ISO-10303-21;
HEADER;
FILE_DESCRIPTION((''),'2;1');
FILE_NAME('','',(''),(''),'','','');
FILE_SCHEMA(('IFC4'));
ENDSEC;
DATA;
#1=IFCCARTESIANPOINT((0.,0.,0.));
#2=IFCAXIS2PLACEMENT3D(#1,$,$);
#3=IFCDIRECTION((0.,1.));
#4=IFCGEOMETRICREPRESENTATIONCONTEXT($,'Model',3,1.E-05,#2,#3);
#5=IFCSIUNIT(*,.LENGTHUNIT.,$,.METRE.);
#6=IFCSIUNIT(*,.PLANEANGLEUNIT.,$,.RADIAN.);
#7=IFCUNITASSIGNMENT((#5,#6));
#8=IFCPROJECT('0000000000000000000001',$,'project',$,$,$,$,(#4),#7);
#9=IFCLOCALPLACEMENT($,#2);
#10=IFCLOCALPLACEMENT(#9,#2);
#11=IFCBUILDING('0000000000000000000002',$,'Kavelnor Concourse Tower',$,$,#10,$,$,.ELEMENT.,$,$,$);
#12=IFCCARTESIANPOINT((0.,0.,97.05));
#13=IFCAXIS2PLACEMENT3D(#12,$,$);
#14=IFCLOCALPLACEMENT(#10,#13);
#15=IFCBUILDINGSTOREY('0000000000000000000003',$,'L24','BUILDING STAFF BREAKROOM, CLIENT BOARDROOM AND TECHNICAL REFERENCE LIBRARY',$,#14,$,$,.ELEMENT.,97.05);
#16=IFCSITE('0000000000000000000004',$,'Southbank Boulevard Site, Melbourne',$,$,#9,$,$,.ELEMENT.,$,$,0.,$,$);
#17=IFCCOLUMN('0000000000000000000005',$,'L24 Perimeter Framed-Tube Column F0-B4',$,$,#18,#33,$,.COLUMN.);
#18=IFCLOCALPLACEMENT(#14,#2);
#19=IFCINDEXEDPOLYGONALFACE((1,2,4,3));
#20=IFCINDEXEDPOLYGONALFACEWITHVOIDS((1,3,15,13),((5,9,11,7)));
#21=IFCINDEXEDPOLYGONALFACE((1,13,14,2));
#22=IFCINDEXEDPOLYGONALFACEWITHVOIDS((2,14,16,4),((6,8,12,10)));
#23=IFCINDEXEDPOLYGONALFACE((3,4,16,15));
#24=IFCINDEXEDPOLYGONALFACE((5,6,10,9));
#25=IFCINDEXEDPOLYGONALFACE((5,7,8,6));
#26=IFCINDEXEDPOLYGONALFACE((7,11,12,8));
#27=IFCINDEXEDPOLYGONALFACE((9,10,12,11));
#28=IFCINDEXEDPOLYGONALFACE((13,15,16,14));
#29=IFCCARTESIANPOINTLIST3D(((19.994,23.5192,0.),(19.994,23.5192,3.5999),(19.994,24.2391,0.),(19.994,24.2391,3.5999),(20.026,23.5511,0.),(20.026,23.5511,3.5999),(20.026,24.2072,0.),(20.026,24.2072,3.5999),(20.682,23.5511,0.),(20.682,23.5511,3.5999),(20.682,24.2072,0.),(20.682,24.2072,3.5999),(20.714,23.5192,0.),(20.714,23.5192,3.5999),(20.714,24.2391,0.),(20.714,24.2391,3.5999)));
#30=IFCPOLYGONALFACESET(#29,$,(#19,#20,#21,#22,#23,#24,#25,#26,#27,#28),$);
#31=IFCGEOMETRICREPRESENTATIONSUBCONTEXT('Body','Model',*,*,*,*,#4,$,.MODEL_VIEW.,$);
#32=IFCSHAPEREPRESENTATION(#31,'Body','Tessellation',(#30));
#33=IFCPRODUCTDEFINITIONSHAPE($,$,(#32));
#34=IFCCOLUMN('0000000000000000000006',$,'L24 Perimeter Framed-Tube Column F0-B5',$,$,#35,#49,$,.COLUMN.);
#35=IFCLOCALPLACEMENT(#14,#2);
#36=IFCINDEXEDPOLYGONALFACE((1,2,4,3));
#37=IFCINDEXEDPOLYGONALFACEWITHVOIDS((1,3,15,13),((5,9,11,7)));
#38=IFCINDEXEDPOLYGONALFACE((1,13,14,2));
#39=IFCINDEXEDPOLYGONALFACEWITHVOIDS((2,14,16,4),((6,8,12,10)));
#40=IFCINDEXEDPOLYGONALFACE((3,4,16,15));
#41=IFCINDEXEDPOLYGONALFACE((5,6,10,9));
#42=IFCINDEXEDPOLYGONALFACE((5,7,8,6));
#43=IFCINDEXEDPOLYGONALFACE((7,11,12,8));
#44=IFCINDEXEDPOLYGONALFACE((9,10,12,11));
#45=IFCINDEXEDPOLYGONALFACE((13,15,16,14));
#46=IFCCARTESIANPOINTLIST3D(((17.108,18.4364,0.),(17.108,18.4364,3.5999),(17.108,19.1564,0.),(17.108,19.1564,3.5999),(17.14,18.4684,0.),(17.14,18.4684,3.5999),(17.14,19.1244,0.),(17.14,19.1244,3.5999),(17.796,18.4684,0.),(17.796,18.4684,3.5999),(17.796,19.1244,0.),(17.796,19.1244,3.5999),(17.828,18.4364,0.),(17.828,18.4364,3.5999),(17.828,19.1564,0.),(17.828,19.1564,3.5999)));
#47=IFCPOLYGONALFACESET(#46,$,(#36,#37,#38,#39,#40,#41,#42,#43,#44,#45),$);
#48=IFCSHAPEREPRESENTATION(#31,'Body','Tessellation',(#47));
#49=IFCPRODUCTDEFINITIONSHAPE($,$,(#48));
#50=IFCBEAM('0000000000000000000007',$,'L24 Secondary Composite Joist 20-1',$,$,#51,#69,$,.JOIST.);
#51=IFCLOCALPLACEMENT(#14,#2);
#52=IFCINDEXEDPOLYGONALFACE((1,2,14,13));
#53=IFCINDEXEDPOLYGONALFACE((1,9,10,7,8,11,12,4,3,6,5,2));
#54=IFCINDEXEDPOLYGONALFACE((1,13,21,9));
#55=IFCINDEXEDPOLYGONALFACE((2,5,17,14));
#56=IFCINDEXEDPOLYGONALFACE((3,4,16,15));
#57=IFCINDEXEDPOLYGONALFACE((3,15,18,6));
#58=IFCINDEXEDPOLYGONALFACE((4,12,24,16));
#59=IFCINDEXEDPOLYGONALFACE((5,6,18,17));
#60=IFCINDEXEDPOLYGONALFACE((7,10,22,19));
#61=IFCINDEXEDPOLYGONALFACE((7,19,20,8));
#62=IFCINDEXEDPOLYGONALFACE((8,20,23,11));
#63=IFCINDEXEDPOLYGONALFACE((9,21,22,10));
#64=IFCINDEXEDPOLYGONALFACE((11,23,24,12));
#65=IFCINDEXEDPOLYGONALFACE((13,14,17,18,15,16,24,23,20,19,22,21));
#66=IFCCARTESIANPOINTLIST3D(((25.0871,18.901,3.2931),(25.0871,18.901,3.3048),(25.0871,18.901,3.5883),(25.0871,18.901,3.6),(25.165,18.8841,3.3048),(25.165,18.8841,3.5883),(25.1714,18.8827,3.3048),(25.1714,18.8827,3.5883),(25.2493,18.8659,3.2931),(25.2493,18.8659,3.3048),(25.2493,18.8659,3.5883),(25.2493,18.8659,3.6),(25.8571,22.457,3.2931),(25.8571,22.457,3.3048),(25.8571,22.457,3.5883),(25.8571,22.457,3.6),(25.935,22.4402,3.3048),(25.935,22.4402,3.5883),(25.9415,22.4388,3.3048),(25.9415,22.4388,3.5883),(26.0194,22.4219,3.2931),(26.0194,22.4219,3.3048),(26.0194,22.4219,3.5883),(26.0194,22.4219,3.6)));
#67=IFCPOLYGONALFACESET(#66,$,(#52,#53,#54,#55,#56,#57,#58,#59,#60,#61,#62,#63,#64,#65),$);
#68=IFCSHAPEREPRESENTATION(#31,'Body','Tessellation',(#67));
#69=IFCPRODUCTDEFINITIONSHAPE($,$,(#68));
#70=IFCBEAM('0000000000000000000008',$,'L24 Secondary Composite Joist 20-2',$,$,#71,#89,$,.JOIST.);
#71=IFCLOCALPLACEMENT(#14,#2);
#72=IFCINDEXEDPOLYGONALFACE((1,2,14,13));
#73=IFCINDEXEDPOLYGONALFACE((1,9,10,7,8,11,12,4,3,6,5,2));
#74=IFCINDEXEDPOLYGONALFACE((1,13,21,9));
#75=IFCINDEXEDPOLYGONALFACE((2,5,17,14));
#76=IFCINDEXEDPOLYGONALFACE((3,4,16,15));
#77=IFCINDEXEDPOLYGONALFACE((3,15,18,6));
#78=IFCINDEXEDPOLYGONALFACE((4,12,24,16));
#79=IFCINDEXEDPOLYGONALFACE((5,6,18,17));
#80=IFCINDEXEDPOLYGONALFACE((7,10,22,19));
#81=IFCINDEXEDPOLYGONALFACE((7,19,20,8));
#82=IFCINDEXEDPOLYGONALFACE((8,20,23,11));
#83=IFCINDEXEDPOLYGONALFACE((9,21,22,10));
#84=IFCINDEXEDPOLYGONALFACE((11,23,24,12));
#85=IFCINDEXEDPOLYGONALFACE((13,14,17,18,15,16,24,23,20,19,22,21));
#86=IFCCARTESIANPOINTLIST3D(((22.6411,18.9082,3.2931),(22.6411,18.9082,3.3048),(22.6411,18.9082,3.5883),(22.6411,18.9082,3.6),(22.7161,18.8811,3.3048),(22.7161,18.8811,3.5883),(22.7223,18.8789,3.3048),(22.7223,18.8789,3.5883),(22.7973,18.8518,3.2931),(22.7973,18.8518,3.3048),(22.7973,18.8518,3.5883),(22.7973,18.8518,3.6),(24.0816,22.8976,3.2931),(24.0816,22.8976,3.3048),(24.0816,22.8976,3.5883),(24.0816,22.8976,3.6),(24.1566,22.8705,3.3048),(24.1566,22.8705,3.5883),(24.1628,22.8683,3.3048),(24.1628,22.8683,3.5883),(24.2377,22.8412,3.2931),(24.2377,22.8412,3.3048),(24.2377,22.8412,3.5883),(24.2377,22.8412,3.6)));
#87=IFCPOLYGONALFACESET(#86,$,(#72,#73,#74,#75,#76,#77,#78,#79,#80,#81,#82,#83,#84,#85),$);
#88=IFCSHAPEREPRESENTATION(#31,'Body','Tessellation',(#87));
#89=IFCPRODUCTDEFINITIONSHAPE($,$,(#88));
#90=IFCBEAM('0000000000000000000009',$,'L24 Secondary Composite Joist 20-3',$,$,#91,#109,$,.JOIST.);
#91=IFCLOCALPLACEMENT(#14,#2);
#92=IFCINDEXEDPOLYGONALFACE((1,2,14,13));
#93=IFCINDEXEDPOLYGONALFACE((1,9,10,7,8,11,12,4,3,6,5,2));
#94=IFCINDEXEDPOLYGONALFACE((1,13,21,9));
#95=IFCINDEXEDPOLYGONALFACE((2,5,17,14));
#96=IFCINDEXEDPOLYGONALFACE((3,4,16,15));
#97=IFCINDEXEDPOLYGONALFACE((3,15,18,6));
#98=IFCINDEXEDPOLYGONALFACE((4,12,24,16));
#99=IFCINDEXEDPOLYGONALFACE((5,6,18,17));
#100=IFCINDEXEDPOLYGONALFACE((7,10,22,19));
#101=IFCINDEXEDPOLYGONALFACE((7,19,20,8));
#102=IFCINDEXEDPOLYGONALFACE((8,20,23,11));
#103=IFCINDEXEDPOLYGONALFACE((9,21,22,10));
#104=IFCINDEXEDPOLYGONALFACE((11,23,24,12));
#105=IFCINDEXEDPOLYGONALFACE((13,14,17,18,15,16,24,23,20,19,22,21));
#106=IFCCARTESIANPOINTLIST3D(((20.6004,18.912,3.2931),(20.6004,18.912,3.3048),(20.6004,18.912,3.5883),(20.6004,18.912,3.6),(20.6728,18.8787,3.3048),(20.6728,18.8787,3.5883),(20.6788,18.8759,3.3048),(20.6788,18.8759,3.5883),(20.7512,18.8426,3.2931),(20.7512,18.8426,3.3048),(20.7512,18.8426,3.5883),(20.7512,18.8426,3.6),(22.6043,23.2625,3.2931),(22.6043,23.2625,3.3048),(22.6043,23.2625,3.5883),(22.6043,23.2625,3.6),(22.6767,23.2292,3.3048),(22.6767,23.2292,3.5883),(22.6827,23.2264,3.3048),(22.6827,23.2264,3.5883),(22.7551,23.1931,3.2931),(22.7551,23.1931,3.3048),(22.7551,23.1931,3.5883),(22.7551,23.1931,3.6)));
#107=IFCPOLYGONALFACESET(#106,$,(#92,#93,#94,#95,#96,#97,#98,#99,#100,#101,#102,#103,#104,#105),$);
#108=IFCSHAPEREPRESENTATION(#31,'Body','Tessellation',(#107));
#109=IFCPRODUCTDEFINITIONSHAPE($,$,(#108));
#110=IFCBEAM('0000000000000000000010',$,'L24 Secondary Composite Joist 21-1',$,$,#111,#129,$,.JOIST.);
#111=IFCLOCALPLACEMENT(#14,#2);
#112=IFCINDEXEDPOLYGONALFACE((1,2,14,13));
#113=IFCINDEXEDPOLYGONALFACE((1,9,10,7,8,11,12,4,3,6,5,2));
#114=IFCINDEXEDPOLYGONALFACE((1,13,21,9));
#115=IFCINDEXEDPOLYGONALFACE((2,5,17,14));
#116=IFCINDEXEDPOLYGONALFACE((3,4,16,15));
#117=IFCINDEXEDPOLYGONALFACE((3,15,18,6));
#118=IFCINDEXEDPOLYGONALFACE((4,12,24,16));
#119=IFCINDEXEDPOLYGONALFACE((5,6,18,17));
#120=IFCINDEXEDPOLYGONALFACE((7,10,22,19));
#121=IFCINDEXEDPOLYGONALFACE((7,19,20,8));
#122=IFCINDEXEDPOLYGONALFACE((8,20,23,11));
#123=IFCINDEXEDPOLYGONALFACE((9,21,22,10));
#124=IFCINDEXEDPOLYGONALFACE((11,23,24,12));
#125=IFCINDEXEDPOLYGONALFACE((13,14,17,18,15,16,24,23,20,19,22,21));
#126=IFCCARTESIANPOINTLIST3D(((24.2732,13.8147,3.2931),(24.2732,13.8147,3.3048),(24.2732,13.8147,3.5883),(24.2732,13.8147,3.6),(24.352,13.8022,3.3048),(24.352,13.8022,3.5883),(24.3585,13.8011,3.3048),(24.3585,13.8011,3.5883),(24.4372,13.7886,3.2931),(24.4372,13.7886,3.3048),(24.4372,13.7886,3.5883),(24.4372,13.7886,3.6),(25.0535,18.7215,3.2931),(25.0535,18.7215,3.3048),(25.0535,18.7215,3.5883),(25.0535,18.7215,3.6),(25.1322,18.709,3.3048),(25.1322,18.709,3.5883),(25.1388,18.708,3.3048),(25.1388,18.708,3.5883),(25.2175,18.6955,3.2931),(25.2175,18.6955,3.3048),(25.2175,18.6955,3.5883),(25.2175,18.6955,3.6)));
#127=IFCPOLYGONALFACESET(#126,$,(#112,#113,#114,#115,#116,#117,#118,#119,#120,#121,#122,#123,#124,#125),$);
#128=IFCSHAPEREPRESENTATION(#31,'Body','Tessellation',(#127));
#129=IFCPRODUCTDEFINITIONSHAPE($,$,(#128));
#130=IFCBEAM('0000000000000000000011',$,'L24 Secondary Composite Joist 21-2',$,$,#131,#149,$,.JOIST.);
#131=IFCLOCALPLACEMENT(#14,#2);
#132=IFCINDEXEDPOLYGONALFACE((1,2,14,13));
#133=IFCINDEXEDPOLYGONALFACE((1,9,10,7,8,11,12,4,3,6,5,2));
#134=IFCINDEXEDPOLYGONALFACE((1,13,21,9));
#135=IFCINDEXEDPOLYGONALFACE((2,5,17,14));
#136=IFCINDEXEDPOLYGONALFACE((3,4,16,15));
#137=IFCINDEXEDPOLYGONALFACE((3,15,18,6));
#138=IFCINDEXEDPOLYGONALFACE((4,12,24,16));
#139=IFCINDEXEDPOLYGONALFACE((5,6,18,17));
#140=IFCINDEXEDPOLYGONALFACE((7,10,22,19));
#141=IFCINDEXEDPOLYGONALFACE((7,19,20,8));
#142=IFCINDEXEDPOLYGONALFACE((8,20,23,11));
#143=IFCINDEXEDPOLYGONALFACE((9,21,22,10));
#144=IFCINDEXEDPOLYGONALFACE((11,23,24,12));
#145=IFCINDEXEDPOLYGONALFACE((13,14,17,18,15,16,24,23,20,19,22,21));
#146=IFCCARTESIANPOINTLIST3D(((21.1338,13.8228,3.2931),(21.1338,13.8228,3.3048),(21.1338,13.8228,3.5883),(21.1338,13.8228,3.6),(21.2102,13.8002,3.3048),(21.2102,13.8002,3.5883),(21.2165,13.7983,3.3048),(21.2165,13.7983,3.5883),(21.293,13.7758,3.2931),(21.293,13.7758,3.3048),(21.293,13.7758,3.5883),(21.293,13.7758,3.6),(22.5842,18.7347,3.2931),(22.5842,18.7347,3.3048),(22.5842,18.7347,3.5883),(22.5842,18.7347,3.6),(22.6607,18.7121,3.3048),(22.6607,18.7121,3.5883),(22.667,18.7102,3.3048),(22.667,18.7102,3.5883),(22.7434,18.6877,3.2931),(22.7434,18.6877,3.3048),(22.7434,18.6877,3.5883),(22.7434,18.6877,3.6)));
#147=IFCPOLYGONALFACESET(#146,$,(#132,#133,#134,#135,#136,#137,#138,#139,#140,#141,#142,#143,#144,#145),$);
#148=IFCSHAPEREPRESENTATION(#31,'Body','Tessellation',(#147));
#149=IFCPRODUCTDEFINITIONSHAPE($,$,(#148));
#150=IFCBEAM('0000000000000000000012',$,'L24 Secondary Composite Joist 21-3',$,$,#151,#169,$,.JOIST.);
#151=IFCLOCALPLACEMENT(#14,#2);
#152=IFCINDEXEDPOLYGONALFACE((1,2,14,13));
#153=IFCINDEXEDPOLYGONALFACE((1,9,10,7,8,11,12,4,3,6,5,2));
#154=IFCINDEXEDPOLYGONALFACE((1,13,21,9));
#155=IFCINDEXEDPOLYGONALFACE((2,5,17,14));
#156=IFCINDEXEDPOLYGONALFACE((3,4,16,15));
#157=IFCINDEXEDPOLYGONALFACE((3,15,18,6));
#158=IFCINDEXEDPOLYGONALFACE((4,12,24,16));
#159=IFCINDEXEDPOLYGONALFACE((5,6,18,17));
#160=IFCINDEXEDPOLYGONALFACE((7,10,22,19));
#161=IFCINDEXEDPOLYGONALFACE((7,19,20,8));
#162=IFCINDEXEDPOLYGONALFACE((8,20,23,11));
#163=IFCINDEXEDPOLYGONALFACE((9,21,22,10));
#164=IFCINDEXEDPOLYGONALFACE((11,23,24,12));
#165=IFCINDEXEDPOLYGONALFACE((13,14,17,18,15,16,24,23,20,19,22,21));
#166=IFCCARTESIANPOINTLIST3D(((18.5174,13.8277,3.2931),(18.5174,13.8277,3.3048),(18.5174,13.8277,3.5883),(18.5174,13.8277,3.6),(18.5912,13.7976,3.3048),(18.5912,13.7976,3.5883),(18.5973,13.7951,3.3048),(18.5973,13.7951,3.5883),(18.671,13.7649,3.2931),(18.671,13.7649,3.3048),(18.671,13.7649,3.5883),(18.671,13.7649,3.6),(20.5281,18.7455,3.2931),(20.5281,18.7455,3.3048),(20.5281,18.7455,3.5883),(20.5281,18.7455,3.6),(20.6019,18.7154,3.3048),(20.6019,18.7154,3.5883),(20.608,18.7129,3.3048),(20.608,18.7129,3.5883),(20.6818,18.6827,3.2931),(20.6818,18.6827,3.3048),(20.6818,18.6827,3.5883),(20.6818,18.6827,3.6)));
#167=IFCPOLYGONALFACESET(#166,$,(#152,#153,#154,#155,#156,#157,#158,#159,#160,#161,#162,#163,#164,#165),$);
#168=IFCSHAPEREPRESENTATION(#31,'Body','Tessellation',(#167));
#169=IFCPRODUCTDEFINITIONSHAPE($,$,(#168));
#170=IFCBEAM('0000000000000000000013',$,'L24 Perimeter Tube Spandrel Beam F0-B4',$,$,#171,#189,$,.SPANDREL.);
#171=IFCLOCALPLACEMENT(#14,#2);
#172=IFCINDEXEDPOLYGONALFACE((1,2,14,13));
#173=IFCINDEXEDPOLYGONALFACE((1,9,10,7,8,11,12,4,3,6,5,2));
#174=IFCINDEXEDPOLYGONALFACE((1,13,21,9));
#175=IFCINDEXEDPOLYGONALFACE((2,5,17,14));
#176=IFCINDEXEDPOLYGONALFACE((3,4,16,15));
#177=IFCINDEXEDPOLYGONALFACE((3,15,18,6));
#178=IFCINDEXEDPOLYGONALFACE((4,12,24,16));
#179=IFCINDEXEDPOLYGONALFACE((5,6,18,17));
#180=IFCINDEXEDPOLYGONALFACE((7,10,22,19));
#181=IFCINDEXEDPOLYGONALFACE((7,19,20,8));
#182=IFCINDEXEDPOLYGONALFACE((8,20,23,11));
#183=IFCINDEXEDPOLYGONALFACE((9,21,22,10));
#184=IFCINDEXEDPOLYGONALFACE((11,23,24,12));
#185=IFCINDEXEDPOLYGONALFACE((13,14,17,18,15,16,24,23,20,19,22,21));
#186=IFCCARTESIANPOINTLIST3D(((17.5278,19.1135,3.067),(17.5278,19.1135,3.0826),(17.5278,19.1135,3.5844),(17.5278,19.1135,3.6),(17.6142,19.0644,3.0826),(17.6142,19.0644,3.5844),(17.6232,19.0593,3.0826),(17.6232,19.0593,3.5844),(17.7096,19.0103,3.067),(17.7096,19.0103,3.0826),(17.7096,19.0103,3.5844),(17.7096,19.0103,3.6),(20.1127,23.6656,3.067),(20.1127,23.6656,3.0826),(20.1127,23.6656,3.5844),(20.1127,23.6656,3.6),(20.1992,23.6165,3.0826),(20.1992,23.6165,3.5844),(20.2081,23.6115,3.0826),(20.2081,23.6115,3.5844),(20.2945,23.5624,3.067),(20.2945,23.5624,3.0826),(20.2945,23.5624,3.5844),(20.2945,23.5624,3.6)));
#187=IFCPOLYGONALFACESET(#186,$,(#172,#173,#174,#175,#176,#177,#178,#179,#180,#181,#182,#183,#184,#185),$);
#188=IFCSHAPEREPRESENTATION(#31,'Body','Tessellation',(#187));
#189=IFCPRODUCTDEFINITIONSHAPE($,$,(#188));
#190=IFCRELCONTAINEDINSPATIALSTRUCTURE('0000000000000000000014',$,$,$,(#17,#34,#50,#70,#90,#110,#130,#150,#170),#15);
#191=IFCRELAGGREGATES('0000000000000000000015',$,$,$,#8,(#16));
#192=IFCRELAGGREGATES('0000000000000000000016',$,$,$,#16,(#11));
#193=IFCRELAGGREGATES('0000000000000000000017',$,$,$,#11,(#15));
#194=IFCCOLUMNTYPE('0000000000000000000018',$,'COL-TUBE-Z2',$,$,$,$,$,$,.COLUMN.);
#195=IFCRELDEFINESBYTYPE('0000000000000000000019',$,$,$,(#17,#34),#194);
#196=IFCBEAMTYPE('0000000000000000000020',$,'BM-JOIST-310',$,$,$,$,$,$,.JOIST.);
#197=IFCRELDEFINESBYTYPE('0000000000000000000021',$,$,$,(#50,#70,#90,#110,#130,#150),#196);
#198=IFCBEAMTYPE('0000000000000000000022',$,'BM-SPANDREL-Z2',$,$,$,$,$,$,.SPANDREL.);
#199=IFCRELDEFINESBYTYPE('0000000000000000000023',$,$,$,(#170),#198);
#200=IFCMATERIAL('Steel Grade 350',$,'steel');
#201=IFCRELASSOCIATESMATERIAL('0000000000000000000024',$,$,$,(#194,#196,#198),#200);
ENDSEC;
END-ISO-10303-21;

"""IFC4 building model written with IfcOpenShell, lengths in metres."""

from ifc_helpers import new_model, si_unit, direction, frame, origin, origin_2d, place, context, subcontext, project, spatial, hollow_rectangle, i_section, extrude, material, material_profile, profile_set, type_object, element, save


model = new_model("IFC4")

# Units and contexts
model_context = context("Model", 3, precision=1e-05, world=origin(), true_north=direction((0.0, 1.0)))
body_context = subcontext(model_context, "Body", "Model", "MODEL_VIEW")
ifc_project = project(units=[si_unit("LENGTHUNIT", "METRE"), si_unit("PLANEANGLEUNIT", "RADIAN")], contexts=[model_context])

# Site, building, storey
site_placement = place(None, origin())
site = spatial("IfcSite", under=ifc_project, at=site_placement, Name="Southbank Boulevard Site, Melbourne", CompositionType="ELEMENT", RefElevation=0.0)
building_placement = place(site_placement, origin())
building = spatial("IfcBuilding", under=site, at=building_placement, Name="Kavelnor Concourse Tower", CompositionType="ELEMENT")
storey_placement = place(building_placement, frame((0.0, 0.0, 97.05)))
storey = spatial("IfcBuildingStorey", under=building, at=storey_placement, Name="L24", Description="BUILDING STAFF BREAKROOM, CLIENT BOARDROOM AND TECHNICAL REFERENCE LIBRARY", CompositionType="ELEMENT", Elevation=97.05)

# Columns
ifc_material_1 = material(Name="Steel Grade 350", Category="steel")
ifc_material_profile_1 = material_profile(ifc_material_1, hollow_rectangle(XDim=0.72, YDim=0.72, WallThickness=0.032, at=origin_2d()), Name="SHS 720x720x32")
ifc_profile_set_1 = profile_set([ifc_material_profile_1], Name="Steel Grade 350")
column_type = type_object("IfcColumnType", Name="COL-TUBE-Z2", PredefinedType="COLUMN", material=ifc_profile_set_1)
for number, where, z_axis, x_axis, name in (
    (1, (20.354, 23.8792, 0.0), (0.0, 0.0, 1.0), (1.0, 0.0, 0.0), "L24 Perimeter Framed-Tube Column F0-B4"),
    (2, (17.468, 18.7964, 0.0), (0.0, 0.0, 1.0), (1.0, 0.0, 0.0), "L24 Perimeter Framed-Tube Column F0-B5"),
):
    element("IfcColumn", number, at=place(storey_placement, frame(where, z_axis=z_axis, x_axis=x_axis)), inside=storey, type_object=column_type, Name=name, PredefinedType="COLUMN", context=body_context, shape_type="SweptSolid", body=[
        extrude(hollow_rectangle(XDim=0.72, YDim=0.72, WallThickness=0.032, at=origin_2d()), origin(), (0.0, 0.0, 1.0), 3.5999),
    ])

# Beams
ifc_material_profile_2 = material_profile(ifc_material_1, i_section(OverallWidth=0.166, OverallDepth=0.3069, WebThickness=0.0066, FlangeThickness=0.0117, at=origin_2d()), Name="310UB46")
ifc_profile_set_2 = profile_set([ifc_material_profile_2], Name="Steel Grade 350")
beam_type_1 = type_object("IfcBeamType", Name="BM-JOIST-310", PredefinedType="JOIST", material=ifc_profile_set_2)
beam_1_placement = place(storey_placement, frame((25.9382, 22.4395, 3.4465), z_axis=(-0.211641, -0.977347, 0.0), x_axis=(0.977347, -0.211641, 0.0)))
element("IfcBeam", 3, at=beam_1_placement, inside=storey, type_object=beam_type_1, Name="L24 Secondary Composite Joist 20-1", PredefinedType="JOIST", context=body_context, shape_type="SweptSolid", body=[
    extrude(i_section(OverallWidth=0.166, OverallDepth=0.3069, WebThickness=0.0066, FlangeThickness=0.0117, at=origin_2d()), origin(), (0.0, 0.0, 1.0), 3.6384),
])
beam_2_placement = place(storey_placement, frame((24.1597, 22.8694, 3.4465), z_axis=(-0.339616, -0.940564, 0.0), x_axis=(0.940564, -0.339616, 0.0)))
element("IfcBeam", 4, at=beam_2_placement, inside=storey, type_object=beam_type_1, Name="L24 Secondary Composite Joist 20-2", PredefinedType="JOIST", context=body_context, shape_type="SweptSolid", body=[
    extrude(i_section(OverallWidth=0.166, OverallDepth=0.3069, WebThickness=0.0066, FlangeThickness=0.0117, at=origin_2d()), origin(), (0.0, 0.0, 1.0), 4.2415),
])
beam_3_placement = place(storey_placement, frame((22.6797, 23.2278, 3.4465), z_axis=(-0.41836, -0.908281, 0.0), x_axis=(0.908281, -0.41836, 0.0)))
element("IfcBeam", 5, at=beam_3_placement, inside=storey, type_object=beam_type_1, Name="L24 Secondary Composite Joist 20-3", PredefinedType="JOIST", context=body_context, shape_type="SweptSolid", body=[
    extrude(i_section(OverallWidth=0.166, OverallDepth=0.3069, WebThickness=0.0066, FlangeThickness=0.0117, at=origin_2d()), origin(), (0.0, 0.0, 1.0), 4.7898),
])
beam_4_placement = place(storey_placement, frame((25.1355, 18.7085, 3.4465), z_axis=(-0.157048, -0.987591, 0.0), x_axis=(0.987591, -0.157048, 0.0)))
element("IfcBeam", 6, at=beam_4_placement, inside=storey, type_object=beam_type_1, Name="L24 Secondary Composite Joist 21-1", PredefinedType="JOIST", context=body_context, shape_type="SweptSolid", body=[
    extrude(i_section(OverallWidth=0.166, OverallDepth=0.3069, WebThickness=0.0066, FlangeThickness=0.0117, at=origin_2d()), origin(), (0.0, 0.0, 1.0), 4.9685),
])
beam_5_placement = place(storey_placement, frame((22.6638, 18.7112, 3.4465), z_axis=(-0.283204, -0.95906, 0.0), x_axis=(0.95906, -0.283204, 0.0)))
element("IfcBeam", 7, at=beam_5_placement, inside=storey, type_object=beam_type_1, Name="L24 Secondary Composite Joist 21-2", PredefinedType="JOIST", context=body_context, shape_type="SweptSolid", body=[
    extrude(i_section(OverallWidth=0.166, OverallDepth=0.3069, WebThickness=0.0066, FlangeThickness=0.0117, at=origin_2d()), origin(), (0.0, 0.0, 1.0), 5.1216),
])
beam_6_placement = place(storey_placement, frame((20.605, 18.7141, 3.4465), z_axis=(-0.378463, -0.925616, 0.0), x_axis=(0.925616, -0.378463, 0.0)))
element("IfcBeam", 8, at=beam_6_placement, inside=storey, type_object=beam_type_1, Name="L24 Secondary Composite Joist 21-3", PredefinedType="JOIST", context=body_context, shape_type="SweptSolid", body=[
    extrude(i_section(OverallWidth=0.166, OverallDepth=0.3069, WebThickness=0.0066, FlangeThickness=0.0117, at=origin_2d()), origin(), (0.0, 0.0, 1.0), 5.313),
])
ifc_material_profile_3 = material_profile(ifc_material_1, i_section(OverallWidth=0.209, OverallDepth=0.533, WebThickness=0.0103, FlangeThickness=0.0156, at=origin_2d()), Name="530UB92")
ifc_profile_set_3 = profile_set([ifc_material_profile_3], Name="Steel Grade 350")
beam_type_2 = type_object("IfcBeamType", Name="BM-SPANDREL-Z2", PredefinedType="SPANDREL", material=ifc_profile_set_3)
for number, where, z_axis, x_axis, name in (
    (9, (20.2036, 23.614, 3.3335), (-0.493787, -0.869583, 0.0), (0.869583, -0.493787, 0.0), "L24 Perimeter Tube Spandrel Beam F0-B4"),
):
    element("IfcBeam", number, at=place(storey_placement, frame(where, z_axis=z_axis, x_axis=x_axis)), inside=storey, type_object=beam_type_2, Name=name, PredefinedType="SPANDREL", context=body_context, shape_type="SweptSolid", body=[
        extrude(i_section(OverallWidth=0.209, OverallDepth=0.533, WebThickness=0.0103, FlangeThickness=0.0156, at=origin_2d()), origin(), (0.0, 0.0, 1.0), 5.2349),
    ])

save(model, "model.ifc")
